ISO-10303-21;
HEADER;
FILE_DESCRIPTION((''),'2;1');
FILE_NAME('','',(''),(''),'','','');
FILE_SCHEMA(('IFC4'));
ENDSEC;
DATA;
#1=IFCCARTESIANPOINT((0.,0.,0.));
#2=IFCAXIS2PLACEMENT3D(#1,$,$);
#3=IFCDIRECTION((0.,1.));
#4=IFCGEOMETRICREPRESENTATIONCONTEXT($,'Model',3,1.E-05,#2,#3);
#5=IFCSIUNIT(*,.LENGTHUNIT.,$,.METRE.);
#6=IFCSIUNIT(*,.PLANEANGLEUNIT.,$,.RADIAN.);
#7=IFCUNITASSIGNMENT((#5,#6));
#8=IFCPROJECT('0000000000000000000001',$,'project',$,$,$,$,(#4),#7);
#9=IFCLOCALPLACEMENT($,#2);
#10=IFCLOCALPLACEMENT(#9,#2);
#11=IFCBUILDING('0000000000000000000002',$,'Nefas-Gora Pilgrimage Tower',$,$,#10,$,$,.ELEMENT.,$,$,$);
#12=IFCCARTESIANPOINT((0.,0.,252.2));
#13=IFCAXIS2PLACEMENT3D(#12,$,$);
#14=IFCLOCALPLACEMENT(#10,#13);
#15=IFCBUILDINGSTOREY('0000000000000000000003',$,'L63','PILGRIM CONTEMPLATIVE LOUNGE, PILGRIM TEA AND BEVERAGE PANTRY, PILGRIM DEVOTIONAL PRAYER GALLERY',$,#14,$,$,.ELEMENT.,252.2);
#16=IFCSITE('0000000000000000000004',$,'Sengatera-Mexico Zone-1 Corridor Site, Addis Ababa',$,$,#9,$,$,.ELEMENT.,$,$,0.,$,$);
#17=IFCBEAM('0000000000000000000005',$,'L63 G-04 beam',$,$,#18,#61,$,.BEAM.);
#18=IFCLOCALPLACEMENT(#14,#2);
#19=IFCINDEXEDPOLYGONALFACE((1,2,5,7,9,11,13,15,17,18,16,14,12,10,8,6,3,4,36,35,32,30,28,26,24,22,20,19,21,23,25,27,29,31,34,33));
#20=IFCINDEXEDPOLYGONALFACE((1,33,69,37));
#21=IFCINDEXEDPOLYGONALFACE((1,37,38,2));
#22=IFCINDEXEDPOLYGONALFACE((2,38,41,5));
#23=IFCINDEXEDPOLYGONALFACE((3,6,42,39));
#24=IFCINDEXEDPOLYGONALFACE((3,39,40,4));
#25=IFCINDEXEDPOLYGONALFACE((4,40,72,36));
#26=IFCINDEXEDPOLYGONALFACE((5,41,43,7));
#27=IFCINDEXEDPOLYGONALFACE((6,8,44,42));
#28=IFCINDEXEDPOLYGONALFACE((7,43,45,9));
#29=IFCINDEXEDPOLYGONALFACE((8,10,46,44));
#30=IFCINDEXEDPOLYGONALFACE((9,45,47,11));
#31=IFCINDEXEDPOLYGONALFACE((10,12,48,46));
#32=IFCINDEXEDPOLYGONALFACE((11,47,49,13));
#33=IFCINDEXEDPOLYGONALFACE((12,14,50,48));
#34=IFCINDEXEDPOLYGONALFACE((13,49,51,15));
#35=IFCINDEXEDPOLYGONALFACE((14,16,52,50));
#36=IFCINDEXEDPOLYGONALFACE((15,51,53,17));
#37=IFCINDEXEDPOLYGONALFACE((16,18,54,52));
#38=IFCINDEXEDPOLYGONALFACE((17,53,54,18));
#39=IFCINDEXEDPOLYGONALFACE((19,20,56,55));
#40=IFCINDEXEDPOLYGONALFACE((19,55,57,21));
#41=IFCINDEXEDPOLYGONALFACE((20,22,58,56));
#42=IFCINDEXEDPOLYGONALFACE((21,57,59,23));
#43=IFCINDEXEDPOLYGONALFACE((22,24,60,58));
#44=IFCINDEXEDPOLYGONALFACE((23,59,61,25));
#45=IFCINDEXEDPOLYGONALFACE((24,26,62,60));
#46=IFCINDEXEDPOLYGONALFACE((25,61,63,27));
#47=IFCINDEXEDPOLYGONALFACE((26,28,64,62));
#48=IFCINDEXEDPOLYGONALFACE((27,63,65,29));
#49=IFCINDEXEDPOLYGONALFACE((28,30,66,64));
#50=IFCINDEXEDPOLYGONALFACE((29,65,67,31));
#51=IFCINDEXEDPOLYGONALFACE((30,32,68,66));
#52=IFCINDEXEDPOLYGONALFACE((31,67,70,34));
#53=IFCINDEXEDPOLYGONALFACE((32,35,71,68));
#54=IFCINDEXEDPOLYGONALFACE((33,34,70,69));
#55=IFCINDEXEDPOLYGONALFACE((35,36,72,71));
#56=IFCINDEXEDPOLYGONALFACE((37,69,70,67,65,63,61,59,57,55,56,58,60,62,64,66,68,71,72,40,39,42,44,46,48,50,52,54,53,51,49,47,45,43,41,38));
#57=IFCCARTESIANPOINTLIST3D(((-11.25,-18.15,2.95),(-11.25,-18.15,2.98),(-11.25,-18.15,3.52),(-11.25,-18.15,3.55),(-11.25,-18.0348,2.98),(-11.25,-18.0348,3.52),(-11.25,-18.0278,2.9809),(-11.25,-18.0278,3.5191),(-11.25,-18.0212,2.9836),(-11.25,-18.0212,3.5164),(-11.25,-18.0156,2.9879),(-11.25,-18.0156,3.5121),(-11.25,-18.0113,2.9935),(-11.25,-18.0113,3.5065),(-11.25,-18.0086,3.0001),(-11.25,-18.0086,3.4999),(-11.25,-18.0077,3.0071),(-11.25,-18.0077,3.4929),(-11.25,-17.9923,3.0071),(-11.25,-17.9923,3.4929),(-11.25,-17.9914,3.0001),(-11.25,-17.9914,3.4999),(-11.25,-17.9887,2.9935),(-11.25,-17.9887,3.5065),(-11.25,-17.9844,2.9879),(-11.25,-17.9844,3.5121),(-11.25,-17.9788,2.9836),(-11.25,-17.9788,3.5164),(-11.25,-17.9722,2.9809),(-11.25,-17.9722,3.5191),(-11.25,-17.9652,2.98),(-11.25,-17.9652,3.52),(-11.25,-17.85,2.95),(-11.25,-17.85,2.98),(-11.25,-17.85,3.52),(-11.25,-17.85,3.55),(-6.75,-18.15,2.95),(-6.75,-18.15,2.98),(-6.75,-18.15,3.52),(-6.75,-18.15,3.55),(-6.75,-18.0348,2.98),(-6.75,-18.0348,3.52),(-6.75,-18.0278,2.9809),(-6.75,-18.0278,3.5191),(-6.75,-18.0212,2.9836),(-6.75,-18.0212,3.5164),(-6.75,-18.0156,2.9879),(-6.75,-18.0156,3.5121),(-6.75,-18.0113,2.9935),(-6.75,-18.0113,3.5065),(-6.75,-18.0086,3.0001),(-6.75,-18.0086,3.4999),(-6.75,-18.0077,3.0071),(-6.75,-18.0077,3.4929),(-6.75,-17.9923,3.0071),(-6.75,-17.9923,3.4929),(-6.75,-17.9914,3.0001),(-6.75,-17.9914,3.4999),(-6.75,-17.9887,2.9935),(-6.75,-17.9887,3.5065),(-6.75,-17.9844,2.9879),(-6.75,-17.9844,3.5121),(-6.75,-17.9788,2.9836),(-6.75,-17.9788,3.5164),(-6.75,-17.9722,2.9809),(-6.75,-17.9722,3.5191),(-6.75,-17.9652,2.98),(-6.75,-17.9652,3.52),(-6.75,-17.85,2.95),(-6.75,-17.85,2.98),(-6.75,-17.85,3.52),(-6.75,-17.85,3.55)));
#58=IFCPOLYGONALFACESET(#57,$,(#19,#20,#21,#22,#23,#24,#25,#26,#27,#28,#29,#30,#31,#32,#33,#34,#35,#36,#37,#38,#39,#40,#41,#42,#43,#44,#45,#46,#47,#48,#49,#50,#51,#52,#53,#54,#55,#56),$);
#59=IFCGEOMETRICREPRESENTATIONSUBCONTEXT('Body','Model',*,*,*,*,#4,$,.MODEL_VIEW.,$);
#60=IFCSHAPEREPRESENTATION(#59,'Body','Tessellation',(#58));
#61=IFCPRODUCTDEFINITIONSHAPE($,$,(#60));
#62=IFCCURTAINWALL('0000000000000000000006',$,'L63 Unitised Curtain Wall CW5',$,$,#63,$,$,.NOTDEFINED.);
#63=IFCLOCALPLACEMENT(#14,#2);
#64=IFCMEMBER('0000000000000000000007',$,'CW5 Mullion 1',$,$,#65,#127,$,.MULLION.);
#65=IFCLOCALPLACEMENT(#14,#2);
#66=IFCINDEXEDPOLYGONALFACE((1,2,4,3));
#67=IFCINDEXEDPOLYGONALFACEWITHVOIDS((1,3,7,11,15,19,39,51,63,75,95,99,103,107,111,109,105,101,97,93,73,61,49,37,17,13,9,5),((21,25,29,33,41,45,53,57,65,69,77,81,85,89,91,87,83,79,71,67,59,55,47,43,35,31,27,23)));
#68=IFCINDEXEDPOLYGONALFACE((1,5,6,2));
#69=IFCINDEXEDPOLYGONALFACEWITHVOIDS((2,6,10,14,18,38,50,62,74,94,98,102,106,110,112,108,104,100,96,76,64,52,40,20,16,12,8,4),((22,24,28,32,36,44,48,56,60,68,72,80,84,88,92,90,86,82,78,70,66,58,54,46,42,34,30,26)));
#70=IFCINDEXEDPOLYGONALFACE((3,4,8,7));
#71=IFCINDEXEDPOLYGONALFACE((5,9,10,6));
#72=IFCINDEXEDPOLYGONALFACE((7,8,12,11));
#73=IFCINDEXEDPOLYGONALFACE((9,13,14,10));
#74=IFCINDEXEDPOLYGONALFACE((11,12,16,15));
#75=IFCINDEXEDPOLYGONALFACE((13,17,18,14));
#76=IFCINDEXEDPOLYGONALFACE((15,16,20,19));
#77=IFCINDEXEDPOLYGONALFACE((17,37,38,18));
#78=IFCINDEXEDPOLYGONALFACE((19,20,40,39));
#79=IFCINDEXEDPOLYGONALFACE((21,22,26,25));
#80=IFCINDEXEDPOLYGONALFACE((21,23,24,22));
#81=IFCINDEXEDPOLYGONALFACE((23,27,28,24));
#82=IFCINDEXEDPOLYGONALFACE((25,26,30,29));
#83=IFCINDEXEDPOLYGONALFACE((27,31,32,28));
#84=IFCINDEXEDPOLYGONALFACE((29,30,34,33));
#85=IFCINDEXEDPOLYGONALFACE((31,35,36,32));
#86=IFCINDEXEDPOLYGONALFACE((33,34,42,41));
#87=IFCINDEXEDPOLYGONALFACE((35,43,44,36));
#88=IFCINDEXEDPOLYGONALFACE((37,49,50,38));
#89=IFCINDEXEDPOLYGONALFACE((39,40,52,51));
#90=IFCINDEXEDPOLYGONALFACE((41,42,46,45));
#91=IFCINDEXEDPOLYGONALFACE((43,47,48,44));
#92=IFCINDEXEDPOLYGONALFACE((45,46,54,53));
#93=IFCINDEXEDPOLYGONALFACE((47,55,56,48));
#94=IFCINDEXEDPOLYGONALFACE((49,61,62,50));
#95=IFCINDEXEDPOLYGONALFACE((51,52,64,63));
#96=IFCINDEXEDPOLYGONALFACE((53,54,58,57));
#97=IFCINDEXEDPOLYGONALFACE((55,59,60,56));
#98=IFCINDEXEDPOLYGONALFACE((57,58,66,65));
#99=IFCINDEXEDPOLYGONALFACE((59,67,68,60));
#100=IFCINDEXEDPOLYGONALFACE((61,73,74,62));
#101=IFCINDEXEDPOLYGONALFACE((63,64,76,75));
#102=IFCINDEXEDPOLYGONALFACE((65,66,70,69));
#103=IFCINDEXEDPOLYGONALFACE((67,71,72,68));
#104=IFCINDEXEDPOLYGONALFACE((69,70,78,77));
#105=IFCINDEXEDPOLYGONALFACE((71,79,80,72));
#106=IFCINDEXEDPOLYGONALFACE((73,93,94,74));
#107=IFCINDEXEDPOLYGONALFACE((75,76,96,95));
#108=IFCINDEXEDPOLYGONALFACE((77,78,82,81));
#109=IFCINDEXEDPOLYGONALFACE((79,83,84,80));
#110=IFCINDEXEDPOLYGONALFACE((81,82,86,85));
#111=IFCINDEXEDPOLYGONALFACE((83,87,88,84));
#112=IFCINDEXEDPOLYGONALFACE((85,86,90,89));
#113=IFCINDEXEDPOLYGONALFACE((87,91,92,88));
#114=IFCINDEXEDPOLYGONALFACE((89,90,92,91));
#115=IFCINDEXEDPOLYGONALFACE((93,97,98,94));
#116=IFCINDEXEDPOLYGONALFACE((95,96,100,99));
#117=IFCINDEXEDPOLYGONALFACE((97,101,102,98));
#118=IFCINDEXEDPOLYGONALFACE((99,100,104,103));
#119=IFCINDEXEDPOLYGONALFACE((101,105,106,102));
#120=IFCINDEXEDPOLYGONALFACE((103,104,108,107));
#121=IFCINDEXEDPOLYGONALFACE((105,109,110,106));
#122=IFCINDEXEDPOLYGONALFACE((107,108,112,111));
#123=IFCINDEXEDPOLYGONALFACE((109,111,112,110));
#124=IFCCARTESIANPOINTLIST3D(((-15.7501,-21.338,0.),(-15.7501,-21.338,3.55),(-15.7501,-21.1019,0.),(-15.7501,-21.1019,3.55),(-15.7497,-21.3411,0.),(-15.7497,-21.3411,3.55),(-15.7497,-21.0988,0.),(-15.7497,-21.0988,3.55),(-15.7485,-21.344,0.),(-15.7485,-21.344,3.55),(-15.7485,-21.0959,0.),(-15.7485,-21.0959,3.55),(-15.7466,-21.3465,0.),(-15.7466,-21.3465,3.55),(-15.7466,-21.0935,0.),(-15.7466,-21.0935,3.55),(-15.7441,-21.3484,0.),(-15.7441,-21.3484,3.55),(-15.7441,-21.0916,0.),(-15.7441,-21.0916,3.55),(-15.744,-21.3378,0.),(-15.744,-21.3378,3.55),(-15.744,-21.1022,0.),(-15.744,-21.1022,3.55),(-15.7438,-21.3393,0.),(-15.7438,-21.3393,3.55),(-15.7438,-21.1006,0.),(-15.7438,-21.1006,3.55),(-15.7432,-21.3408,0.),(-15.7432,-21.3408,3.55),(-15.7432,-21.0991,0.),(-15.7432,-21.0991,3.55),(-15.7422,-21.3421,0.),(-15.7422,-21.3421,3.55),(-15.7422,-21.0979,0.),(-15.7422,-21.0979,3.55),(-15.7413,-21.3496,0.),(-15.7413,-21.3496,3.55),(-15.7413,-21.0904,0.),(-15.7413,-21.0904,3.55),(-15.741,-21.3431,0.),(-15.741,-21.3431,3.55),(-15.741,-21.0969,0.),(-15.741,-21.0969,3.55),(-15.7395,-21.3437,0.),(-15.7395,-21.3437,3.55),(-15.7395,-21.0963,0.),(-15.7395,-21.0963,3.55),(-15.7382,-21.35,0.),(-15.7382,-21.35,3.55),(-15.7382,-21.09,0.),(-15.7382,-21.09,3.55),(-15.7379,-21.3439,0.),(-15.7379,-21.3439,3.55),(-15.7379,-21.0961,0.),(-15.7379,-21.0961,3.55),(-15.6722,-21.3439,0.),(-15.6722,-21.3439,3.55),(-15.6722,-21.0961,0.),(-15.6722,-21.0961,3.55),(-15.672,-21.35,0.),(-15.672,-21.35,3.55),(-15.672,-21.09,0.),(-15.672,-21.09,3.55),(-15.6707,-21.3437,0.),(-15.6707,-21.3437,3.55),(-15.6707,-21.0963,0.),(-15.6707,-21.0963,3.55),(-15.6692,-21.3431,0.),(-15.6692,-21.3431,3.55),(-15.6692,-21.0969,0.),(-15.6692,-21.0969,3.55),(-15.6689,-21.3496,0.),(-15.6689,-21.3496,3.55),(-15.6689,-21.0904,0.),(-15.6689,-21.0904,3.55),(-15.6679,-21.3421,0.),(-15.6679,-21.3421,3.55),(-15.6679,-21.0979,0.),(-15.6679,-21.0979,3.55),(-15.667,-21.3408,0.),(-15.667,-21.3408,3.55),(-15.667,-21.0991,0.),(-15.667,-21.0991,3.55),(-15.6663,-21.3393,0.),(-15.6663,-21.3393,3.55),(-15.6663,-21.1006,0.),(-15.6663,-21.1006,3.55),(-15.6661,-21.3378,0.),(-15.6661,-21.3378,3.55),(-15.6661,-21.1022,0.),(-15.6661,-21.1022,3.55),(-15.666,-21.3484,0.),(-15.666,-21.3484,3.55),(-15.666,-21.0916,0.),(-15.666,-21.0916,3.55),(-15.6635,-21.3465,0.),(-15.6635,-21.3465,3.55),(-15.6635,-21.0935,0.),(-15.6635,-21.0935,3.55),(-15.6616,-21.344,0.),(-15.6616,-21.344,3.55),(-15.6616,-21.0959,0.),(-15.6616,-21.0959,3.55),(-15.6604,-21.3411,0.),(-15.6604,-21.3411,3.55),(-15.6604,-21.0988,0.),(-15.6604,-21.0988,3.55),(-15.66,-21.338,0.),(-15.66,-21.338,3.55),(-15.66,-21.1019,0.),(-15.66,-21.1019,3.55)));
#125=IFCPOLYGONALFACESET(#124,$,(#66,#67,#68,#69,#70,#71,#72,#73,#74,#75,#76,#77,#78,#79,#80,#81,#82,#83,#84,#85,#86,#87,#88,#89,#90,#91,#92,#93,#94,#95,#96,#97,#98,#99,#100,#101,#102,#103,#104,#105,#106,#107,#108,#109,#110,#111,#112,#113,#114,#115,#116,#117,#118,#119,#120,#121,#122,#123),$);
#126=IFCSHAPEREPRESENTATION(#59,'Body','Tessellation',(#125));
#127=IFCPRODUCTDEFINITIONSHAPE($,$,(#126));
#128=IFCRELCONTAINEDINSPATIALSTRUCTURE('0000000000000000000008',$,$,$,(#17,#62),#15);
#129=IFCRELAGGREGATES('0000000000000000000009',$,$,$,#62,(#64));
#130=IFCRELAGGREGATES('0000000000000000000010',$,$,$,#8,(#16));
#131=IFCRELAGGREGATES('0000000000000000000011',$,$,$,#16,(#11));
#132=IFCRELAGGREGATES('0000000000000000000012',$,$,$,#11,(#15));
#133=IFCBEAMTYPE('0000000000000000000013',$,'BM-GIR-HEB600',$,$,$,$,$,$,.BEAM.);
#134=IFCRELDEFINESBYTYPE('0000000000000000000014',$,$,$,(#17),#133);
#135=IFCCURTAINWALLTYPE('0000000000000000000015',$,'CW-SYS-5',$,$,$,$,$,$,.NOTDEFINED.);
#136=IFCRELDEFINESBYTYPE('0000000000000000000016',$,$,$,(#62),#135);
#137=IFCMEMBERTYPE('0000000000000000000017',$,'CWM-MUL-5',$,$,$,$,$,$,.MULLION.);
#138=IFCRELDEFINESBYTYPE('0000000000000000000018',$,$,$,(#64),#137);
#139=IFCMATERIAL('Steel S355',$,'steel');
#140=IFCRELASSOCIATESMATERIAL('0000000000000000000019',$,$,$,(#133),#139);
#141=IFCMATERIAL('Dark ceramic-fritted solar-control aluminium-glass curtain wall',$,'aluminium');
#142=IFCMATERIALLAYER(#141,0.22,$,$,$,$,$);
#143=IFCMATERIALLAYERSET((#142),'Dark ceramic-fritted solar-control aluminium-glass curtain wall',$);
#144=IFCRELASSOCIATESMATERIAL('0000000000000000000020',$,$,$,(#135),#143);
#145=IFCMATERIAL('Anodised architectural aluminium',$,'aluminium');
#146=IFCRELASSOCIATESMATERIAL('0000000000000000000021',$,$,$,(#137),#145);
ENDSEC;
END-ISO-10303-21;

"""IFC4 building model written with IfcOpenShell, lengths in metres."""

from ifc_helpers import new_model, si_unit, direction, frame, origin, origin_2d, place, context, subcontext, project, spatial, hollow_rectangle, i_section, extrude, source, transform, mapped, material, layer, layer_set, material_profile, profile_set, type_object, element, aggregate, save


model = new_model("IFC4")

# Units and contexts
model_context = context("Model", 3, precision=1e-05, world=origin(), true_north=direction((0.0, 1.0)))
body_context = subcontext(model_context, "Body", "Model", "MODEL_VIEW")
ifc_project = project(units=[si_unit("LENGTHUNIT", "METRE"), si_unit("PLANEANGLEUNIT", "RADIAN")], contexts=[model_context])

# Site, building, storey
site_placement = place(None, origin())
site = spatial("IfcSite", under=ifc_project, at=site_placement, Name="Sengatera-Mexico Zone-1 Corridor Site, Addis Ababa", CompositionType="ELEMENT", RefElevation=0.0)
building_placement = place(site_placement, origin())
building = spatial("IfcBuilding", under=site, at=building_placement, Name="Nefas-Gora Pilgrimage Tower", CompositionType="ELEMENT")
storey_placement = place(building_placement, frame((0.0, 0.0, 252.2)))
storey = spatial("IfcBuildingStorey", under=building, at=storey_placement, Name="L63", Description="PILGRIM CONTEMPLATIVE LOUNGE, PILGRIM TEA AND BEVERAGE PANTRY, PILGRIM DEVOTIONAL PRAYER GALLERY", CompositionType="ELEMENT", Elevation=252.2)

# Beam
ifc_material_1 = material(Name="Steel S355", Category="steel")
ifc_material_profile_1 = material_profile(ifc_material_1, i_section(OverallWidth=0.3, OverallDepth=0.6001, WebThickness=0.0154, FlangeThickness=0.03, FilletRadius=0.0271, at=origin_2d()), Name="HEB 600")
ifc_profile_set_1 = profile_set([ifc_material_profile_1], Name="Steel S355")
beam_type_1 = type_object("IfcBeamType", Name="BM-GIR-HEB600", PredefinedType="BEAM", material=ifc_profile_set_1)
shared_shape_1 = source(origin(), body_context, "Body", "SweptSolid", [
    extrude(i_section(OverallWidth=0.3, OverallDepth=0.6001, WebThickness=0.0154, FlangeThickness=0.03, FilletRadius=0.0271, at=origin_2d()), origin(), (0.0, 0.0, 1.0), 4.5),
])
for number, where, z_axis, x_axis, name in (
    (1, (-11.25, -18.0, 3.25), (1.0, 0.0, 0.0), (0.0, 1.0, 0.0), "L63 G-04 beam"),
):
    element("IfcBeam", number, at=place(storey_placement, frame(where, z_axis=z_axis, x_axis=x_axis)), inside=storey, type_object=beam_type_1, Name=name, PredefinedType="BEAM", context=body_context, shape_type="MappedRepresentation", body=[
        mapped(shared_shape_1, transform((0.0, 0.0, 0.0), x_axis=(1.0, 0.0, 0.0), y_axis=(0.0, 1.0, 0.0), z_axis=(0.0, 0.0, 1.0), scale=1.0)),
    ])

# Curtain wall, member
ifc_material_2 = material(Name="Dark ceramic-fritted solar-control aluminium-glass curtain wall", Category="aluminium")
ifc_layer_1 = layer(ifc_material_2, 0.22)
ifc_layer_set_1 = layer_set([ifc_layer_1], Name="Dark ceramic-fritted solar-control aluminium-glass curtain wall")
curtain_wall_type_1 = type_object("IfcCurtainWallType", Name="CW-SYS-5", PredefinedType="NOTDEFINED", material=ifc_layer_set_1)
curtain_wall_1_placement = place(storey_placement, origin())
curtain_wall_1 = element("IfcCurtainWall", 2, at=curtain_wall_1_placement, inside=storey, type_object=curtain_wall_type_1, Name="L63 Unitised Curtain Wall CW5", PredefinedType="NOTDEFINED")
ifc_material_3 = material(Name="Anodised architectural aluminium", Category="aluminium")
ifc_material_profile_2 = material_profile(ifc_material_3, hollow_rectangle(XDim=0.0901, YDim=0.26, WallThickness=0.0061, InnerFilletRadius=0.0061, OuterFilletRadius=0.012, at=origin_2d()), Name="ALU MULLION 90x260")
ifc_profile_set_2 = profile_set([ifc_material_profile_2], Name="Anodised architectural aluminium")
member_type_1 = type_object("IfcMemberType", Name="CWM-MUL-5", PredefinedType="MULLION", material=ifc_profile_set_2)
shared_shape_2 = source(origin(), body_context, "Body", "SweptSolid", [
    extrude(hollow_rectangle(XDim=0.0901, YDim=0.26, WallThickness=0.0061, InnerFilletRadius=0.0061, OuterFilletRadius=0.012, at=origin_2d()), origin(), (0.0, 0.0, 1.0), 3.55),
])
member_1_placement = place(storey_placement, frame((-15.7051, -21.22, 0.0), z_axis=(0.0, 0.0, 1.0), x_axis=(1.0, 0.0, 0.0)))
member_1 = element("IfcMember", 3, at=member_1_placement, type_object=member_type_1, Name="CW5 Mullion 1", PredefinedType="MULLION", context=body_context, shape_type="MappedRepresentation", body=[
    mapped(shared_shape_2, transform((0.0, 0.0, 0.0), x_axis=(1.0, 0.0, 0.0), y_axis=(0.0, 1.0, 0.0), z_axis=(0.0, 0.0, 1.0), scale=1.0)),
])

aggregate(curtain_wall_1, [member_1])

save(model, "model.ifc")
